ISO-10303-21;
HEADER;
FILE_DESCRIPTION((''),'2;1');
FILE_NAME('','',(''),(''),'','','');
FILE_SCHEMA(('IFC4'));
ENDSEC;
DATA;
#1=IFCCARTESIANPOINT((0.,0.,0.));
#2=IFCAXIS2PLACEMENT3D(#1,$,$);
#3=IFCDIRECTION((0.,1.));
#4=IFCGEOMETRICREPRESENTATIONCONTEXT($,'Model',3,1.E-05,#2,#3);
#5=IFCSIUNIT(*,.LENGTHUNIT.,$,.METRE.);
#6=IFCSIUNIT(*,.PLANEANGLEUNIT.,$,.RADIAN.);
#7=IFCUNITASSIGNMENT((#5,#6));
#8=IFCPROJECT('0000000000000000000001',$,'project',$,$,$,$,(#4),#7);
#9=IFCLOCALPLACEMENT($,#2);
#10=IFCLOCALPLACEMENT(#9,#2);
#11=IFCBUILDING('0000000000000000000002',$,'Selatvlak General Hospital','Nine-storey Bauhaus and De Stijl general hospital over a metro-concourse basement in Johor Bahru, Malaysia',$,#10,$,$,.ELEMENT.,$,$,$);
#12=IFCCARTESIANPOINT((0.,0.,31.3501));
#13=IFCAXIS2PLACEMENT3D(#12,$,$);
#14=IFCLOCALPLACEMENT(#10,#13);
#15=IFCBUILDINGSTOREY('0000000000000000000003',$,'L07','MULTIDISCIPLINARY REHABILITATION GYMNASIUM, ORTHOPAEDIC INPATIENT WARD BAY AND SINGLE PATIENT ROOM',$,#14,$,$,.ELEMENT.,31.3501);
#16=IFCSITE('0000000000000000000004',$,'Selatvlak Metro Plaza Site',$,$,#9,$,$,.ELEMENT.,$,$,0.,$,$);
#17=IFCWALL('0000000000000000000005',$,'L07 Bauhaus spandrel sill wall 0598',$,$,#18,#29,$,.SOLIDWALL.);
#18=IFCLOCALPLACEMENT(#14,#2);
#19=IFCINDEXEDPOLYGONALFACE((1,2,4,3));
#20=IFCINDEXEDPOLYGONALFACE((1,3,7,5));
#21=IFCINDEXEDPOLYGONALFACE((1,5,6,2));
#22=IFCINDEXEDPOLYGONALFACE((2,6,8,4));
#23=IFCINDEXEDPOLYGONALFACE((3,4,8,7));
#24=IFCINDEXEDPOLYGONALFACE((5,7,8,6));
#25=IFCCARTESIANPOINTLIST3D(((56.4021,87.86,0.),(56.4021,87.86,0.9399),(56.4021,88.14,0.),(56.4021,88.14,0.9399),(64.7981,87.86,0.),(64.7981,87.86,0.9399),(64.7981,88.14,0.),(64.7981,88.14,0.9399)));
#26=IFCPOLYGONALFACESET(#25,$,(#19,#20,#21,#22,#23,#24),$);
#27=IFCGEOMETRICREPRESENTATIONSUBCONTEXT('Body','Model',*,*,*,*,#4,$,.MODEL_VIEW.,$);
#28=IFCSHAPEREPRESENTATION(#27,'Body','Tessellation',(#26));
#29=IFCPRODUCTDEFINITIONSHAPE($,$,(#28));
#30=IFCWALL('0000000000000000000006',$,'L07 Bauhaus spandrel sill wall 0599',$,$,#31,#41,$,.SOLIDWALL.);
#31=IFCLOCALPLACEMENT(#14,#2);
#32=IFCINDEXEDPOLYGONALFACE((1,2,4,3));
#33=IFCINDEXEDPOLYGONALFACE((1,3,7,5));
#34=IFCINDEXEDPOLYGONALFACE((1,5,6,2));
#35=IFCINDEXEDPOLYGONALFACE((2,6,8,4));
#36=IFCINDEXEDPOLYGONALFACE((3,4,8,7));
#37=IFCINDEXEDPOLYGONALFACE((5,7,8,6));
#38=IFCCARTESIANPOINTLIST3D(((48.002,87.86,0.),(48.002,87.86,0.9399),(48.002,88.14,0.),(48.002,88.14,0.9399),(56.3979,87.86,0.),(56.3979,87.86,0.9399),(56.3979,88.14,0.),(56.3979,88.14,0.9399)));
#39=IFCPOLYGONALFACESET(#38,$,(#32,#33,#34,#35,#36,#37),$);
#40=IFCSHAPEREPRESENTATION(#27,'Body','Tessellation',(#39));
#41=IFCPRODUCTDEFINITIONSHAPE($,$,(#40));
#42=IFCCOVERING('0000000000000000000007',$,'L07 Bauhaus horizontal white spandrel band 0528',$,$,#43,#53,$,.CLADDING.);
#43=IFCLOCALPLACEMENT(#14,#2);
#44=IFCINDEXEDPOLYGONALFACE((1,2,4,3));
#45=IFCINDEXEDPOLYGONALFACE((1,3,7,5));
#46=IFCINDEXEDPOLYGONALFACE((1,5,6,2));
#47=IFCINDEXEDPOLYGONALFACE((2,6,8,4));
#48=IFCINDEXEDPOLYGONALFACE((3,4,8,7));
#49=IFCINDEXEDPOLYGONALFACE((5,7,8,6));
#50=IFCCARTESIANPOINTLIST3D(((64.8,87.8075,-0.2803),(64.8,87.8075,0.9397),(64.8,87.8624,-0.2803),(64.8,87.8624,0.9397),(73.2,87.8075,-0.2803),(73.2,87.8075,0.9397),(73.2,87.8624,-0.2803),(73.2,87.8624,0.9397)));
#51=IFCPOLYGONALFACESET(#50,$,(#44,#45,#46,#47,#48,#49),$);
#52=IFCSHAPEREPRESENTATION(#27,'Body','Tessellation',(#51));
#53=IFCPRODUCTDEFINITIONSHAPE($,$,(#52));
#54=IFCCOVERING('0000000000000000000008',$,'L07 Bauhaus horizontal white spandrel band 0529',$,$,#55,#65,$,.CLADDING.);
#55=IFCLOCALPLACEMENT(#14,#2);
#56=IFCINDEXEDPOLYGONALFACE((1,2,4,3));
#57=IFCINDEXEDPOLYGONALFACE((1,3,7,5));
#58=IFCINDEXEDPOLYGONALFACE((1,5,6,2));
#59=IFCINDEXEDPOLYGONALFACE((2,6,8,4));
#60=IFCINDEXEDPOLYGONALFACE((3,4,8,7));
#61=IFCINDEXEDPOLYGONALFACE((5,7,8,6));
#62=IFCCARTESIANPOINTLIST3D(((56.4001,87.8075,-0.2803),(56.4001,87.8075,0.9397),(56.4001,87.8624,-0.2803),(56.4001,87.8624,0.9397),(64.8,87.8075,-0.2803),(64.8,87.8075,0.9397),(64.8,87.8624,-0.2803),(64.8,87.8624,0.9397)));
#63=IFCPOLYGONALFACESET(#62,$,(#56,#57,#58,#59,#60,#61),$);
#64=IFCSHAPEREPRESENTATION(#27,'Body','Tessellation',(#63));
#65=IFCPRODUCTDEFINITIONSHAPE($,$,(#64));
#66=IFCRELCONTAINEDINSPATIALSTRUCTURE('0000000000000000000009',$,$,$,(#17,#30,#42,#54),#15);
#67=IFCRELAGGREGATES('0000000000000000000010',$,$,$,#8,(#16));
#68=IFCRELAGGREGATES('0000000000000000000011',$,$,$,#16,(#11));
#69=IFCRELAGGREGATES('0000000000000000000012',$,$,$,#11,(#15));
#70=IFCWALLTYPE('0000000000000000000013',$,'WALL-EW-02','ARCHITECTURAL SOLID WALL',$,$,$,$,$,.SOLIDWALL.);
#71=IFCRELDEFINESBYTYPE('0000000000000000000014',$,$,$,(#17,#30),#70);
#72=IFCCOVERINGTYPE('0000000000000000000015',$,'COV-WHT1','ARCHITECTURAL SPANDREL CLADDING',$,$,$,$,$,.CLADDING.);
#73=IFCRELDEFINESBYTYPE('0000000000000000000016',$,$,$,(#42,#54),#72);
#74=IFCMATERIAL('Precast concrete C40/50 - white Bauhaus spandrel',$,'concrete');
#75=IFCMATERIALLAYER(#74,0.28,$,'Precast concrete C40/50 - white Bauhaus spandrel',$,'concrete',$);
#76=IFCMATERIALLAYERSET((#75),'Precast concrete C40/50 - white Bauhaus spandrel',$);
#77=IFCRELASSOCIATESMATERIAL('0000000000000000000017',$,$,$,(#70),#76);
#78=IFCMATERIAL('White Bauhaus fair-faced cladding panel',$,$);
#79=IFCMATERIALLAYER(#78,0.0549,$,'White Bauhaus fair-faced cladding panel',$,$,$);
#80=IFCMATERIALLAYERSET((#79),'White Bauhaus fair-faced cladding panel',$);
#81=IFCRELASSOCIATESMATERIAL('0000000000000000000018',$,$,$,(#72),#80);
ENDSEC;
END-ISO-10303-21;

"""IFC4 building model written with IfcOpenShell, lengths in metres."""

from ifc_helpers import new_model, si_unit, direction, frame, frame_2d, origin, origin_2d, place, context, subcontext, project, spatial, rectangle, extrude, material, layer, layer_set, type_object, element, save


model = new_model("IFC4")

# Units and contexts
model_context = context("Model", 3, precision=1e-05, world=origin(), true_north=direction((0.0, 1.0)))
body_context = subcontext(model_context, "Body", "Model", "MODEL_VIEW")
ifc_project = project(units=[si_unit("LENGTHUNIT", "METRE"), si_unit("PLANEANGLEUNIT", "RADIAN")], contexts=[model_context])

# Site, building, storey
site_placement = place(None, origin())
site = spatial("IfcSite", under=ifc_project, at=site_placement, Name="Selatvlak Metro Plaza Site", CompositionType="ELEMENT", RefElevation=0.0)
building_placement = place(site_placement, origin())
building = spatial("IfcBuilding", under=site, at=building_placement, Name="Selatvlak General Hospital", Description="Nine-storey Bauhaus and De Stijl general hospital over a metro-concourse basement in Johor Bahru, Malaysia", CompositionType="ELEMENT")
storey_placement = place(building_placement, frame((0.0, 0.0, 31.3501)))
storey = spatial("IfcBuildingStorey", under=building, at=storey_placement, Name="L07", Description="MULTIDISCIPLINARY REHABILITATION GYMNASIUM, ORTHOPAEDIC INPATIENT WARD BAY AND SINGLE PATIENT ROOM", CompositionType="ELEMENT", Elevation=31.3501)

# Walls
ifc_material_1 = material(Name="Precast concrete C40/50 - white Bauhaus spandrel", Category="concrete")
ifc_layer_1 = layer(ifc_material_1, 0.28, Name="Precast concrete C40/50 - white Bauhaus spandrel", Category="concrete")
ifc_layer_set_1 = layer_set([ifc_layer_1], Name="Precast concrete C40/50 - white Bauhaus spandrel")
wall_type = type_object("IfcWallType", Name="WALL-EW-02", Description="ARCHITECTURAL SOLID WALL", PredefinedType="SOLIDWALL", material=ifc_layer_set_1)
for number, where, z_axis, x_axis, name in (
    (1, (64.7981, 88.0, 0.0), (0.0, 0.0, 1.0), (-1.0, 0.0, 0.0), "L07 Bauhaus spandrel sill wall 0598"),
    (2, (56.3979, 88.0, 0.0), (0.0, 0.0, 1.0), (-1.0, 0.0, 0.0), "L07 Bauhaus spandrel sill wall 0599"),
):
    element("IfcWall", number, at=place(storey_placement, frame(where, z_axis=z_axis, x_axis=x_axis)), inside=storey, type_object=wall_type, Name=name, PredefinedType="SOLIDWALL", context=body_context, shape_type="SweptSolid", body=[
        extrude(rectangle(XDim=8.396, YDim=0.28, at=frame_2d((4.198, 0.0))), origin(), (0.0, 0.0, 1.0), 0.9399),
    ])

# Coverings
ifc_material_2 = material(Name="White Bauhaus fair-faced cladding panel")
ifc_layer_2 = layer(ifc_material_2, 0.0549, Name="White Bauhaus fair-faced cladding panel")
ifc_layer_set_2 = layer_set([ifc_layer_2], Name="White Bauhaus fair-faced cladding panel")
covering_type = type_object("IfcCoveringType", Name="COV-WHT1", Description="ARCHITECTURAL SPANDREL CLADDING", PredefinedType="CLADDING", material=ifc_layer_set_2)
for number, where, z_axis, x_axis, name in (
    (3, (69.0, 87.835, -0.2803), (0.0, 0.0, 1.0), (-1.0, 0.0, 0.0), "L07 Bauhaus horizontal white spandrel band 0528"),
    (4, (60.6001, 87.835, -0.2803), (0.0, 0.0, 1.0), (-1.0, 0.0, 0.0), "L07 Bauhaus horizontal white spandrel band 0529"),
):
    element("IfcCovering", number, at=place(storey_placement, frame(where, z_axis=z_axis, x_axis=x_axis)), inside=storey, type_object=covering_type, Name=name, PredefinedType="CLADDING", context=body_context, shape_type="SweptSolid", body=[
        extrude(rectangle(XDim=8.3999, YDim=0.0549, at=origin_2d()), origin(), (0.0, 0.0, 1.0), 1.22),
    ])

save(model, "model.ifc")
